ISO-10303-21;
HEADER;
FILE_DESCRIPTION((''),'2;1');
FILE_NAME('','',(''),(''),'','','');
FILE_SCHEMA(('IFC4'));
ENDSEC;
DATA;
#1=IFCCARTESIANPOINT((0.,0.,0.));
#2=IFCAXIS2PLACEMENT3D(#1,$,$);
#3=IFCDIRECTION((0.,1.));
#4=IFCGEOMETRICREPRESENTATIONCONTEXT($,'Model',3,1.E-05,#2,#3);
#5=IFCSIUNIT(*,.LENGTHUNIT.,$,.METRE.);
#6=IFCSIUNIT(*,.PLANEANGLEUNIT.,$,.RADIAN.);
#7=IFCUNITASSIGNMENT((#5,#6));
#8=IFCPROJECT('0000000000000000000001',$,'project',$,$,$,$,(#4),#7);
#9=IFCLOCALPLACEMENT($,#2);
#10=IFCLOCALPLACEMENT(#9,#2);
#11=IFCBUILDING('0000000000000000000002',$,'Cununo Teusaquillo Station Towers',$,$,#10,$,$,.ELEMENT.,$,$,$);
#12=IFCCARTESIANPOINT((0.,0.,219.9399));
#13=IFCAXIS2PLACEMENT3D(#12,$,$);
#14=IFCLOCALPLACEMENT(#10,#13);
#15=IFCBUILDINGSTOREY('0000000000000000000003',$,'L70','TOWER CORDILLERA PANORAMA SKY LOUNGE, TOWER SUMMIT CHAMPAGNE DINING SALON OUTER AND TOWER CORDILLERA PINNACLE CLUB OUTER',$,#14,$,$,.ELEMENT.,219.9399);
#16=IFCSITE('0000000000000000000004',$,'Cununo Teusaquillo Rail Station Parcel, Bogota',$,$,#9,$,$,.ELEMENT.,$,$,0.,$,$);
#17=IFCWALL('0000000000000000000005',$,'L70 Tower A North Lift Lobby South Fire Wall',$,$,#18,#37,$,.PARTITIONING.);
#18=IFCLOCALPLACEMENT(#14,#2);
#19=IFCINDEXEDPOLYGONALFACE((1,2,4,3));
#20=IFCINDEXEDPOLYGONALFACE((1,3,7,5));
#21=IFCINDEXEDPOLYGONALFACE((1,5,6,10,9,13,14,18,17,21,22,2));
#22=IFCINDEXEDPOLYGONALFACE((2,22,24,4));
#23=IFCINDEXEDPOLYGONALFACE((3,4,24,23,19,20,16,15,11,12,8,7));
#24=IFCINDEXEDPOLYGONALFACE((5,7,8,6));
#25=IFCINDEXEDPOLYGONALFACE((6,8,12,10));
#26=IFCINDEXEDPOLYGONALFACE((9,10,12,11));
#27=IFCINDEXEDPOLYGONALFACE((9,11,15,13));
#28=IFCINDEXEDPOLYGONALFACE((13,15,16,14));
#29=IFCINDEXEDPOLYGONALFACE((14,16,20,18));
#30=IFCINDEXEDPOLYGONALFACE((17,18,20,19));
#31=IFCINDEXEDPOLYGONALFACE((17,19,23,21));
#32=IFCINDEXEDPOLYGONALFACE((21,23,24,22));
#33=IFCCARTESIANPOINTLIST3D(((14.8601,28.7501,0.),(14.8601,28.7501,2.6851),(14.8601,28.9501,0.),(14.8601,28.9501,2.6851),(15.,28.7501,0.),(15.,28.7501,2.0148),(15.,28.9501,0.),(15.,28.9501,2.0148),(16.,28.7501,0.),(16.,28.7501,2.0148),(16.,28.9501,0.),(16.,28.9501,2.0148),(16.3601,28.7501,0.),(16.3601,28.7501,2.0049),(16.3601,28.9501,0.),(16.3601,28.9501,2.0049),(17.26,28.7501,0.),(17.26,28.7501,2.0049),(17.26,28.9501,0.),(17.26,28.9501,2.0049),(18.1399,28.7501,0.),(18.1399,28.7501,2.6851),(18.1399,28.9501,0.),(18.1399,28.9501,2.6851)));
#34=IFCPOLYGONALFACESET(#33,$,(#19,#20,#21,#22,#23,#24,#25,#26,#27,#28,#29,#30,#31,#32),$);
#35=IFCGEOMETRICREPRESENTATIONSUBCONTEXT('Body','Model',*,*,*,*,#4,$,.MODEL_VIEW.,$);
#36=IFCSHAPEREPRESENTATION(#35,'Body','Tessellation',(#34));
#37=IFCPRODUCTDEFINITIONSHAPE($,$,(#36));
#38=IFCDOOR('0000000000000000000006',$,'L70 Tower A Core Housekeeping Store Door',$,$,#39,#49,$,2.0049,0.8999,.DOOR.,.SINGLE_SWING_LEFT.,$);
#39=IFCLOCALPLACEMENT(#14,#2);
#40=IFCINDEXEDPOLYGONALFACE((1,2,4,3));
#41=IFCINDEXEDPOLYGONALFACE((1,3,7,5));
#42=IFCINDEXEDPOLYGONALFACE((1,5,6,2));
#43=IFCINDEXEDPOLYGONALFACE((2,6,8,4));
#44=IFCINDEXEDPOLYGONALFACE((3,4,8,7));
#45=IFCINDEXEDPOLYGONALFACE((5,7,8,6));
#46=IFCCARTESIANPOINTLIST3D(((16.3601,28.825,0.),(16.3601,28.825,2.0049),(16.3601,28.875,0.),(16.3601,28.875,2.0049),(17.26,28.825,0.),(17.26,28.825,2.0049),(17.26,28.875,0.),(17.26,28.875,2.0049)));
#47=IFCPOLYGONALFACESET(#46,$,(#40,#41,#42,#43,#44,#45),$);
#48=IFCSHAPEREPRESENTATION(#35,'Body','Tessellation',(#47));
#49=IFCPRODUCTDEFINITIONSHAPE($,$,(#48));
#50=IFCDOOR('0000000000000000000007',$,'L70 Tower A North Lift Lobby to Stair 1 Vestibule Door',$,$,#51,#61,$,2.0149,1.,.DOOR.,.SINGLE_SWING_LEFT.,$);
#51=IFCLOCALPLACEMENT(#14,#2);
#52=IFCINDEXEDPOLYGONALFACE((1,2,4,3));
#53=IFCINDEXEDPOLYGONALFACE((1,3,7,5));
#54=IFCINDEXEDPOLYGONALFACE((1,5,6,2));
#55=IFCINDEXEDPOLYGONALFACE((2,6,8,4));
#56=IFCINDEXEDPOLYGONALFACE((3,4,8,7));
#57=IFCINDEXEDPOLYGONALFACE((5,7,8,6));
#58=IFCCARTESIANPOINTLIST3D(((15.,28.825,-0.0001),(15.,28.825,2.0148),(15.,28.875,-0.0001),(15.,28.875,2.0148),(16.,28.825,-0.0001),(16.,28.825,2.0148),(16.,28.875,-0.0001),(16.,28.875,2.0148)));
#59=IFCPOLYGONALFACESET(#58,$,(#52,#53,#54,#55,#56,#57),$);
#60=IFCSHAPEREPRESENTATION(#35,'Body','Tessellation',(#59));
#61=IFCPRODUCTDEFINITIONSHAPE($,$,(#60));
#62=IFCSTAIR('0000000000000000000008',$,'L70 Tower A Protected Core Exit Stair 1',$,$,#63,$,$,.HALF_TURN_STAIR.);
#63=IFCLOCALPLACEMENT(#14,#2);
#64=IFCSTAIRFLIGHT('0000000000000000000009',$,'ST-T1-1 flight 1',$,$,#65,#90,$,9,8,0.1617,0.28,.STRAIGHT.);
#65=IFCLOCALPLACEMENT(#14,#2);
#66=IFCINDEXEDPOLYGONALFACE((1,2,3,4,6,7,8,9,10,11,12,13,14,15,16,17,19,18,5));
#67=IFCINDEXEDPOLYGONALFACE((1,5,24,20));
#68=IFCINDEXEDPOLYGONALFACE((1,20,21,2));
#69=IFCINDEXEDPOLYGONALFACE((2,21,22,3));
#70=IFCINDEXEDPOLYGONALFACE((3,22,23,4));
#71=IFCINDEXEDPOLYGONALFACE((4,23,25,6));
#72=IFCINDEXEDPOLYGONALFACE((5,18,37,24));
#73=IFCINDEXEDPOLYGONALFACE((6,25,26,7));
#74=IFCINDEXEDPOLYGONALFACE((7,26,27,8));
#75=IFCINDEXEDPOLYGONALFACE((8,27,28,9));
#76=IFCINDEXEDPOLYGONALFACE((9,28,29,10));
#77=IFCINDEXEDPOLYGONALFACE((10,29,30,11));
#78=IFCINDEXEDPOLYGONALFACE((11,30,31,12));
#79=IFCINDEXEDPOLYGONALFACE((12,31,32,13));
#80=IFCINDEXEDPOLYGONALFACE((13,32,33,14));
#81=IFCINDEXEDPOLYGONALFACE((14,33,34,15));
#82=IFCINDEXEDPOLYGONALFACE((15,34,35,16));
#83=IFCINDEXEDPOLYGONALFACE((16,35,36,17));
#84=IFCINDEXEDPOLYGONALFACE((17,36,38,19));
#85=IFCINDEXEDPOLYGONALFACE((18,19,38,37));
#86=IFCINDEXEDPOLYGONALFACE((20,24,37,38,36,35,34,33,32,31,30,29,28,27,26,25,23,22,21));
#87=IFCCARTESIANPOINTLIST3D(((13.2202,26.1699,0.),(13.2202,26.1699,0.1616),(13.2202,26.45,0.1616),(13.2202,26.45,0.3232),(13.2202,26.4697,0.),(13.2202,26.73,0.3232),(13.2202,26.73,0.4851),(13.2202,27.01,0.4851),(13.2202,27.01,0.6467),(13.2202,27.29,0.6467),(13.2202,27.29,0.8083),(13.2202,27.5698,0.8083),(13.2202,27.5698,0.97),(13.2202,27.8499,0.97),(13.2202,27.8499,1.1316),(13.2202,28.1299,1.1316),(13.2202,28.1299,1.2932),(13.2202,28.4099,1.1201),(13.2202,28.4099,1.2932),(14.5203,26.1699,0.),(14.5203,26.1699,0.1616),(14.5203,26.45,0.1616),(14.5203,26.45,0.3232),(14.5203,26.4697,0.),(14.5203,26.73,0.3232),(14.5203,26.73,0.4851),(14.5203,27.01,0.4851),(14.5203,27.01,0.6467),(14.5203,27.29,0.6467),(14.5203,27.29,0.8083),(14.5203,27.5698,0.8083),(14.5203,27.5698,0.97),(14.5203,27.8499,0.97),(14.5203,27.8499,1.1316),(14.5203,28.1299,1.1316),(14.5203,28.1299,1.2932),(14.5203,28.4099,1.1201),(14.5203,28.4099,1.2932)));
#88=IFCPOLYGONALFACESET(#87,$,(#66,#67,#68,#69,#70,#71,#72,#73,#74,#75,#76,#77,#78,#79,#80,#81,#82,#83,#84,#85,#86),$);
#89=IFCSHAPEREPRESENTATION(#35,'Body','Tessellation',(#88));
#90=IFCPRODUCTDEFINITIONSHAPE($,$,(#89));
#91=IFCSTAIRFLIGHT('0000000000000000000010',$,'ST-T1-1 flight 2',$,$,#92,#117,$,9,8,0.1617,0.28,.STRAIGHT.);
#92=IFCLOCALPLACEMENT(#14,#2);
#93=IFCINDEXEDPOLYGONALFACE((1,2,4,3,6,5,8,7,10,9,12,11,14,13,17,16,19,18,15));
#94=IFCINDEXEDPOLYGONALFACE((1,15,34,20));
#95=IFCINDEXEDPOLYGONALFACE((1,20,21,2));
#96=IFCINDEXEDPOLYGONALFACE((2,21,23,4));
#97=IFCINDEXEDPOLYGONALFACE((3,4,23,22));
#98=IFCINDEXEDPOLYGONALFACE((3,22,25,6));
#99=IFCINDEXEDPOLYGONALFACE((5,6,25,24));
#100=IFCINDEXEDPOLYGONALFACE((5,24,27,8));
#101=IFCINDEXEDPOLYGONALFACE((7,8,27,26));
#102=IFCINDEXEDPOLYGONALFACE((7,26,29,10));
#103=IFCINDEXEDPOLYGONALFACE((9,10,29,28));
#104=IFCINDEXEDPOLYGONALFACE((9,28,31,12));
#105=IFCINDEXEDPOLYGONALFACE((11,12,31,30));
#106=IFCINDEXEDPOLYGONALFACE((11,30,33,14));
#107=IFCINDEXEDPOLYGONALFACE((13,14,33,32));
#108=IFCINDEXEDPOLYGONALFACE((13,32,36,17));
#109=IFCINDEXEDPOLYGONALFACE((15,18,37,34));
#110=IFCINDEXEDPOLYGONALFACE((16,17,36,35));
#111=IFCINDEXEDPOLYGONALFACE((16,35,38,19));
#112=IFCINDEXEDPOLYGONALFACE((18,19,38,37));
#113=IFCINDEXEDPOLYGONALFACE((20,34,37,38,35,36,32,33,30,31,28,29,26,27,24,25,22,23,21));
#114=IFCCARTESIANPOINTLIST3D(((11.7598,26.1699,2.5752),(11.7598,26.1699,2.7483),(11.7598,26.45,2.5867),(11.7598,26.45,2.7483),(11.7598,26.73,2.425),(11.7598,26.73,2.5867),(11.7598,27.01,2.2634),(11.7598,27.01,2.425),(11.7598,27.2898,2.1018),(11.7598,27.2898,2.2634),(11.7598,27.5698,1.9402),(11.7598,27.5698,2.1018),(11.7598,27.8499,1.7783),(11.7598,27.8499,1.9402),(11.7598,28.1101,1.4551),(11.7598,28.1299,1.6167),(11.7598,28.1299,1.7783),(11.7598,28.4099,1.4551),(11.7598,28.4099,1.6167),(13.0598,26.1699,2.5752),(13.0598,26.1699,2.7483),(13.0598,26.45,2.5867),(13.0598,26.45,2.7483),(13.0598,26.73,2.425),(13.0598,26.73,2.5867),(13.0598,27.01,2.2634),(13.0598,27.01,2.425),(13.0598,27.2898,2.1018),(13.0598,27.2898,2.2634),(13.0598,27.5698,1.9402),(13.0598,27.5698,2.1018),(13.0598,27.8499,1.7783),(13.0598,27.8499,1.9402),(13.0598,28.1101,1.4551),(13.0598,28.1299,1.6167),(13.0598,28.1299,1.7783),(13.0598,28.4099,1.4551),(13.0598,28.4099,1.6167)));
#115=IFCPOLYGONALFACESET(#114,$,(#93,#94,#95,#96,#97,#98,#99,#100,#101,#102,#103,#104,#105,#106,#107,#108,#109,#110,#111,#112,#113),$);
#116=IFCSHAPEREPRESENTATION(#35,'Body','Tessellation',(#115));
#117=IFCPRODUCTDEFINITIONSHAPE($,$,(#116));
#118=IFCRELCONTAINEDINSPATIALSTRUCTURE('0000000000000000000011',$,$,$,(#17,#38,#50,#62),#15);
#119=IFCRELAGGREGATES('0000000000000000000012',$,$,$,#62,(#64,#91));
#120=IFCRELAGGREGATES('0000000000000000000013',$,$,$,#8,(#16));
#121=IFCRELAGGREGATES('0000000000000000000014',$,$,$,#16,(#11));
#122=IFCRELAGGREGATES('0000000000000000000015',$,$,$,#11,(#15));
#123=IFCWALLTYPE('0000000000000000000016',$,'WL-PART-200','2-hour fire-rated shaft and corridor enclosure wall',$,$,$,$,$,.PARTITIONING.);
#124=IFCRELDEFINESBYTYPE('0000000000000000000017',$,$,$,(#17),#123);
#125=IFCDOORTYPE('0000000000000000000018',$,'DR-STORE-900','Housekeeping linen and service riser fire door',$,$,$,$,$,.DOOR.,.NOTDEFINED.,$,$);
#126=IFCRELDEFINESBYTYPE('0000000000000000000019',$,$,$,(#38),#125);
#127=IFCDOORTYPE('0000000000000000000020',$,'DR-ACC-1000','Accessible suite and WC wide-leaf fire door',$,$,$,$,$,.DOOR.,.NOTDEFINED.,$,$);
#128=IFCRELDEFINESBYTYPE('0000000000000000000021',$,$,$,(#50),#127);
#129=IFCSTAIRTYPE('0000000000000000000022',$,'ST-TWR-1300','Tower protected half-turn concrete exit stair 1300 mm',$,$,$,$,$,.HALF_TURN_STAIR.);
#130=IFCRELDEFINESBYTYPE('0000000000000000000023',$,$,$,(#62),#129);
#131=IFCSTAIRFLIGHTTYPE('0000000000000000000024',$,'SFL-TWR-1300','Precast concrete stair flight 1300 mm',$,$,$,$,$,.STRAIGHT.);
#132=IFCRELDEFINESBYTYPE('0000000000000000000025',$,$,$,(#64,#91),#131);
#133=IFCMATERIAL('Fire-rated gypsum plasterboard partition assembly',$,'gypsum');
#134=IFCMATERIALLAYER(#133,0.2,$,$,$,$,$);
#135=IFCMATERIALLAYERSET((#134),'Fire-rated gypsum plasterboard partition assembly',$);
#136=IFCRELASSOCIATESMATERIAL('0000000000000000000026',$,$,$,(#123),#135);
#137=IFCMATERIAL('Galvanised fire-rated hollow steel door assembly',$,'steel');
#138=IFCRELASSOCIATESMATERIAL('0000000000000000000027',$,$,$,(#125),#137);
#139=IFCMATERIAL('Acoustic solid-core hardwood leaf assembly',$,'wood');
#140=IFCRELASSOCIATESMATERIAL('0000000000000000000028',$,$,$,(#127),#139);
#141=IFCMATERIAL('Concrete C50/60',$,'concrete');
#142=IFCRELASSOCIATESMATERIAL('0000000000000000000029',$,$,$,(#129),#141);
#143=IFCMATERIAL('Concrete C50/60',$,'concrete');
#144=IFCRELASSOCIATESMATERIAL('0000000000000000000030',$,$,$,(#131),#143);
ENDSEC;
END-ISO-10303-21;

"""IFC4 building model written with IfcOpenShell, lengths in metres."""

from ifc_helpers import new_model, si_unit, direction, frame, frame_2d, origin, place, context, subcontext, project, spatial, polyline, rectangle, outline, extrude, source, transform, mapped, material, layer, layer_set, type_object, element, fill, aggregate, save


model = new_model("IFC4")

# Units and contexts
model_context = context("Model", 3, precision=1e-05, world=origin(), true_north=direction((0.0, 1.0)))
body_context = subcontext(model_context, "Body", "Model", "MODEL_VIEW")
ifc_project = project(units=[si_unit("LENGTHUNIT", "METRE"), si_unit("PLANEANGLEUNIT", "RADIAN")], contexts=[model_context])

# Site, building, storey
site_placement = place(None, origin())
site = spatial("IfcSite", under=ifc_project, at=site_placement, Name="Cununo Teusaquillo Rail Station Parcel, Bogota", CompositionType="ELEMENT", RefElevation=0.0)
building_placement = place(site_placement, origin())
building = spatial("IfcBuilding", under=site, at=building_placement, Name="Cununo Teusaquillo Station Towers", CompositionType="ELEMENT")
storey_placement = place(building_placement, frame((0.0, 0.0, 219.9399)))
storey = spatial("IfcBuildingStorey", under=building, at=storey_placement, Name="L70", Description="TOWER CORDILLERA PANORAMA SKY LOUNGE, TOWER SUMMIT CHAMPAGNE DINING SALON OUTER AND TOWER CORDILLERA PINNACLE CLUB OUTER", CompositionType="ELEMENT", Elevation=219.9399)

# Shared definitions
shared_shape_1 = source(origin(), body_context, "Body", "SweptSolid", [
    extrude(rectangle(XDim=0.8999, YDim=2.0049, at=frame_2d((0.45, 1.0024))), frame((0.0, 0.0249, 0.0), z_axis=(0.0, -1.0, 0.0), x_axis=(1.0, 0.0, 0.0)), (0.0, 0.0, 1.0), 0.05),
])

# Shared definitions
ifc_material_1 = material(Name="Fire-rated gypsum plasterboard partition assembly", Category="gypsum")
ifc_layer_1 = layer(ifc_material_1, 0.2)
ifc_layer_set_1 = layer_set([ifc_layer_1], Name="Fire-rated gypsum plasterboard partition assembly")
wall_type_1 = type_object("IfcWallType", Name="WL-PART-200", Description="2-hour fire-rated shaft and corridor enclosure wall", PredefinedType="PARTITIONING", material=ifc_layer_set_1)
shared_shape_2 = source(origin(), body_context, "Body", "SweptSolid", [
    extrude(rectangle(XDim=0.8999, YDim=2.0049, at=frame_2d((0.45, 1.0024))), frame((0.0, 0.1099, 0.0), z_axis=(0.0, -1.0, 0.0), x_axis=(1.0, 0.0, 0.0)), (0.0, 0.0, 1.0), 0.22),
])
ifc_material_2 = material(Name="Galvanised fire-rated hollow steel door assembly", Category="steel")
door_type_1 = type_object("IfcDoorType", Name="DR-STORE-900", Description="Housekeeping linen and service riser fire door", OperationType="NOTDEFINED", PredefinedType="DOOR", material=ifc_material_2)

# Wall, openings, doors
wall_1_placement = place(storey_placement, frame((14.8601, 28.8501, 0.0), z_axis=(0.0, 0.0, 1.0), x_axis=(1.0, 0.0, 0.0)))
wall_1 = element("IfcWall", 1, at=wall_1_placement, inside=storey, type_object=wall_type_1, Name="L70 Tower A North Lift Lobby South Fire Wall", PredefinedType="PARTITIONING", context=body_context, shape_type="SweptSolid", body=[
    extrude(rectangle(XDim=3.2798, YDim=0.2, at=frame_2d((1.6399, 0.0))), origin(), (0.0, 0.0, 1.0), 2.6851),
])
shared_shape_3 = source(origin(), body_context, "Body", "SweptSolid", [
    extrude(rectangle(XDim=1.0, YDim=2.0149, at=frame_2d((0.5, 1.0073))), frame((0.0, 0.1099, 0.0), z_axis=(0.0, -1.0, 0.0), x_axis=(1.0, 0.0, 0.0)), (0.0, 0.0, 1.0), 0.22),
])
opening_1_placement = place(wall_1_placement, frame((0.1399, 0.0, 0.0)))
opening_1 = element("IfcOpeningElement", 2, at=opening_1_placement, cuts=wall_1, PredefinedType="OPENING", context=body_context, shape_type="MappedRepresentation", body=[
    mapped(shared_shape_3, transform((0.0, 0.0, 0.0), x_axis=(1.0, 0.0, 0.0), y_axis=(0.0, 1.0, 0.0), z_axis=(0.0, 0.0, 1.0), scale=1.0)),
])
opening_2_placement = place(wall_1_placement, frame((1.5, 0.0, 0.0)))
opening_2 = element("IfcOpeningElement", 3, at=opening_2_placement, cuts=wall_1, PredefinedType="OPENING", context=body_context, shape_type="MappedRepresentation", body=[
    mapped(shared_shape_2, transform((0.0, 0.0, 0.0), x_axis=(1.0, 0.0, 0.0), y_axis=(0.0, 1.0, 0.0), z_axis=(0.0, 0.0, 1.0), scale=1.0)),
])
door_1_placement = place(opening_2_placement, origin())
door_1 = element("IfcDoor", 4, at=door_1_placement, inside=storey, type_object=door_type_1, Name="L70 Tower A Core Housekeeping Store Door", OperationType="SINGLE_SWING_LEFT", OverallHeight=2.0049, OverallWidth=0.8999, PredefinedType="DOOR", context=body_context, shape_type="MappedRepresentation", body=[
    mapped(shared_shape_1, transform((0.0, 0.0, 0.0), x_axis=(1.0, 0.0, 0.0), y_axis=(0.0, 1.0, 0.0), z_axis=(0.0, 0.0, 1.0), scale=1.0)),
])
fill(opening_2, door_1)
ifc_material_3 = material(Name="Acoustic solid-core hardwood leaf assembly", Category="wood")
door_type_2 = type_object("IfcDoorType", Name="DR-ACC-1000", Description="Accessible suite and WC wide-leaf fire door", OperationType="NOTDEFINED", PredefinedType="DOOR", material=ifc_material_3)
shared_shape_4 = source(origin(), body_context, "Body", "SweptSolid", [
    extrude(rectangle(XDim=1.0, YDim=2.0149, at=frame_2d((0.5, 1.0073))), frame((0.0, 0.0249, 0.0), z_axis=(0.0, -1.0, 0.0), x_axis=(1.0, 0.0, 0.0)), (0.0, 0.0, 1.0), 0.05),
])
door_2_placement = place(opening_1_placement, origin())
door_2 = element("IfcDoor", 5, at=door_2_placement, inside=storey, type_object=door_type_2, Name="L70 Tower A North Lift Lobby to Stair 1 Vestibule Door", OperationType="SINGLE_SWING_LEFT", OverallHeight=2.0149, OverallWidth=1.0, PredefinedType="DOOR", context=body_context, shape_type="MappedRepresentation", body=[
    mapped(shared_shape_4, transform((0.0, 0.0, 0.0), x_axis=(1.0, 0.0, 0.0), y_axis=(0.0, 1.0, 0.0), z_axis=(0.0, 0.0, 1.0), scale=1.0)),
])
fill(opening_1, door_2)

# Stair, stair flights
ifc_material_4 = material(Name="Concrete C50/60", Category="concrete")
stair_type = type_object("IfcStairType", Name="ST-TWR-1300", Description="Tower protected half-turn concrete exit stair 1300 mm", PredefinedType="HALF_TURN_STAIR", material=ifc_material_4)
stair_placement = place(storey_placement, origin())
stair = element("IfcStair", 6, at=stair_placement, inside=storey, type_object=stair_type, Name="L70 Tower A Protected Core Exit Stair 1", PredefinedType="HALF_TURN_STAIR")
ifc_material_5 = material(Name="Concrete C50/60", Category="concrete")
stair_flight_type = type_object("IfcStairFlightType", Name="SFL-TWR-1300", Description="Precast concrete stair flight 1300 mm", PredefinedType="STRAIGHT", material=ifc_material_5)
stair_flight_1_placement = place(storey_placement, frame((13.8701, 26.1699, 0.0), z_axis=(0.0, 0.0, 1.0), x_axis=(0.0, 1.0, 0.0)))
stair_flight_1 = element("IfcStairFlight", 7, at=stair_flight_1_placement, type_object=stair_flight_type, Name="ST-T1-1 flight 1", NumberOfRisers=9, NumberOfTreads=8, PredefinedType="STRAIGHT", RiserHeight=0.1617, TreadLength=0.28, context=body_context, shape_type="SweptSolid", body=[
    extrude(outline(polyline([(0.0, 0.0), (0.0, 0.1616), (0.28, 0.1616), (0.28, 0.3232), (0.5601, 0.3232), (0.5601, 0.4851), (0.8401, 0.4851), (0.8401, 0.6467), (1.1201, 0.6467), (1.1201, 0.8083), (1.3999, 0.8083), (1.3999, 0.97), (1.6799, 0.97), (1.6799, 1.1316), (1.96, 1.1316), (1.96, 1.2932), (2.24, 1.2932), (2.24, 1.4551), (2.24, 1.1201), (0.2998, 0.0), (0.0, 0.0)])), frame((0.0, 0.6499, 0.0), z_axis=(0.0, -1.0, 0.0), x_axis=(1.0, 0.0, 0.0)), (0.0, 0.0, 1.0), 1.3),
])
stair_flight_2_placement = place(storey_placement, frame((12.4099, 28.4099, 1.4551), z_axis=(0.0, 0.0, 1.0), x_axis=(0.0, -1.0, 0.0)))
stair_flight_2 = element("IfcStairFlight", 8, at=stair_flight_2_placement, type_object=stair_flight_type, Name="ST-T1-1 flight 2", NumberOfRisers=9, NumberOfTreads=8, PredefinedType="STRAIGHT", RiserHeight=0.1617, TreadLength=0.28, context=body_context, shape_type="SweptSolid", body=[
    extrude(outline(polyline([(0.0, 0.0), (0.0, 0.1616), (0.28, 0.1616), (0.28, 0.3232), (0.5601, 0.3232), (0.5601, 0.4851), (0.8401, 0.4851), (0.8401, 0.6467), (1.1201, 0.6467), (1.1201, 0.8083), (1.3999, 0.8083), (1.3999, 0.97), (1.6799, 0.97), (1.6799, 1.1316), (1.96, 1.1316), (1.96, 1.2932), (2.24, 1.2932), (2.24, 1.4551), (2.24, 1.1201), (0.2998, 0.0), (0.0, 0.0)])), frame((0.0, 0.6499, 0.0), z_axis=(0.0, -1.0, 0.0), x_axis=(1.0, 0.0, 0.0)), (0.0, 0.0, 1.0), 1.3),
])
aggregate(stair, [stair_flight_1, stair_flight_2])

save(model, "model.ifc")
